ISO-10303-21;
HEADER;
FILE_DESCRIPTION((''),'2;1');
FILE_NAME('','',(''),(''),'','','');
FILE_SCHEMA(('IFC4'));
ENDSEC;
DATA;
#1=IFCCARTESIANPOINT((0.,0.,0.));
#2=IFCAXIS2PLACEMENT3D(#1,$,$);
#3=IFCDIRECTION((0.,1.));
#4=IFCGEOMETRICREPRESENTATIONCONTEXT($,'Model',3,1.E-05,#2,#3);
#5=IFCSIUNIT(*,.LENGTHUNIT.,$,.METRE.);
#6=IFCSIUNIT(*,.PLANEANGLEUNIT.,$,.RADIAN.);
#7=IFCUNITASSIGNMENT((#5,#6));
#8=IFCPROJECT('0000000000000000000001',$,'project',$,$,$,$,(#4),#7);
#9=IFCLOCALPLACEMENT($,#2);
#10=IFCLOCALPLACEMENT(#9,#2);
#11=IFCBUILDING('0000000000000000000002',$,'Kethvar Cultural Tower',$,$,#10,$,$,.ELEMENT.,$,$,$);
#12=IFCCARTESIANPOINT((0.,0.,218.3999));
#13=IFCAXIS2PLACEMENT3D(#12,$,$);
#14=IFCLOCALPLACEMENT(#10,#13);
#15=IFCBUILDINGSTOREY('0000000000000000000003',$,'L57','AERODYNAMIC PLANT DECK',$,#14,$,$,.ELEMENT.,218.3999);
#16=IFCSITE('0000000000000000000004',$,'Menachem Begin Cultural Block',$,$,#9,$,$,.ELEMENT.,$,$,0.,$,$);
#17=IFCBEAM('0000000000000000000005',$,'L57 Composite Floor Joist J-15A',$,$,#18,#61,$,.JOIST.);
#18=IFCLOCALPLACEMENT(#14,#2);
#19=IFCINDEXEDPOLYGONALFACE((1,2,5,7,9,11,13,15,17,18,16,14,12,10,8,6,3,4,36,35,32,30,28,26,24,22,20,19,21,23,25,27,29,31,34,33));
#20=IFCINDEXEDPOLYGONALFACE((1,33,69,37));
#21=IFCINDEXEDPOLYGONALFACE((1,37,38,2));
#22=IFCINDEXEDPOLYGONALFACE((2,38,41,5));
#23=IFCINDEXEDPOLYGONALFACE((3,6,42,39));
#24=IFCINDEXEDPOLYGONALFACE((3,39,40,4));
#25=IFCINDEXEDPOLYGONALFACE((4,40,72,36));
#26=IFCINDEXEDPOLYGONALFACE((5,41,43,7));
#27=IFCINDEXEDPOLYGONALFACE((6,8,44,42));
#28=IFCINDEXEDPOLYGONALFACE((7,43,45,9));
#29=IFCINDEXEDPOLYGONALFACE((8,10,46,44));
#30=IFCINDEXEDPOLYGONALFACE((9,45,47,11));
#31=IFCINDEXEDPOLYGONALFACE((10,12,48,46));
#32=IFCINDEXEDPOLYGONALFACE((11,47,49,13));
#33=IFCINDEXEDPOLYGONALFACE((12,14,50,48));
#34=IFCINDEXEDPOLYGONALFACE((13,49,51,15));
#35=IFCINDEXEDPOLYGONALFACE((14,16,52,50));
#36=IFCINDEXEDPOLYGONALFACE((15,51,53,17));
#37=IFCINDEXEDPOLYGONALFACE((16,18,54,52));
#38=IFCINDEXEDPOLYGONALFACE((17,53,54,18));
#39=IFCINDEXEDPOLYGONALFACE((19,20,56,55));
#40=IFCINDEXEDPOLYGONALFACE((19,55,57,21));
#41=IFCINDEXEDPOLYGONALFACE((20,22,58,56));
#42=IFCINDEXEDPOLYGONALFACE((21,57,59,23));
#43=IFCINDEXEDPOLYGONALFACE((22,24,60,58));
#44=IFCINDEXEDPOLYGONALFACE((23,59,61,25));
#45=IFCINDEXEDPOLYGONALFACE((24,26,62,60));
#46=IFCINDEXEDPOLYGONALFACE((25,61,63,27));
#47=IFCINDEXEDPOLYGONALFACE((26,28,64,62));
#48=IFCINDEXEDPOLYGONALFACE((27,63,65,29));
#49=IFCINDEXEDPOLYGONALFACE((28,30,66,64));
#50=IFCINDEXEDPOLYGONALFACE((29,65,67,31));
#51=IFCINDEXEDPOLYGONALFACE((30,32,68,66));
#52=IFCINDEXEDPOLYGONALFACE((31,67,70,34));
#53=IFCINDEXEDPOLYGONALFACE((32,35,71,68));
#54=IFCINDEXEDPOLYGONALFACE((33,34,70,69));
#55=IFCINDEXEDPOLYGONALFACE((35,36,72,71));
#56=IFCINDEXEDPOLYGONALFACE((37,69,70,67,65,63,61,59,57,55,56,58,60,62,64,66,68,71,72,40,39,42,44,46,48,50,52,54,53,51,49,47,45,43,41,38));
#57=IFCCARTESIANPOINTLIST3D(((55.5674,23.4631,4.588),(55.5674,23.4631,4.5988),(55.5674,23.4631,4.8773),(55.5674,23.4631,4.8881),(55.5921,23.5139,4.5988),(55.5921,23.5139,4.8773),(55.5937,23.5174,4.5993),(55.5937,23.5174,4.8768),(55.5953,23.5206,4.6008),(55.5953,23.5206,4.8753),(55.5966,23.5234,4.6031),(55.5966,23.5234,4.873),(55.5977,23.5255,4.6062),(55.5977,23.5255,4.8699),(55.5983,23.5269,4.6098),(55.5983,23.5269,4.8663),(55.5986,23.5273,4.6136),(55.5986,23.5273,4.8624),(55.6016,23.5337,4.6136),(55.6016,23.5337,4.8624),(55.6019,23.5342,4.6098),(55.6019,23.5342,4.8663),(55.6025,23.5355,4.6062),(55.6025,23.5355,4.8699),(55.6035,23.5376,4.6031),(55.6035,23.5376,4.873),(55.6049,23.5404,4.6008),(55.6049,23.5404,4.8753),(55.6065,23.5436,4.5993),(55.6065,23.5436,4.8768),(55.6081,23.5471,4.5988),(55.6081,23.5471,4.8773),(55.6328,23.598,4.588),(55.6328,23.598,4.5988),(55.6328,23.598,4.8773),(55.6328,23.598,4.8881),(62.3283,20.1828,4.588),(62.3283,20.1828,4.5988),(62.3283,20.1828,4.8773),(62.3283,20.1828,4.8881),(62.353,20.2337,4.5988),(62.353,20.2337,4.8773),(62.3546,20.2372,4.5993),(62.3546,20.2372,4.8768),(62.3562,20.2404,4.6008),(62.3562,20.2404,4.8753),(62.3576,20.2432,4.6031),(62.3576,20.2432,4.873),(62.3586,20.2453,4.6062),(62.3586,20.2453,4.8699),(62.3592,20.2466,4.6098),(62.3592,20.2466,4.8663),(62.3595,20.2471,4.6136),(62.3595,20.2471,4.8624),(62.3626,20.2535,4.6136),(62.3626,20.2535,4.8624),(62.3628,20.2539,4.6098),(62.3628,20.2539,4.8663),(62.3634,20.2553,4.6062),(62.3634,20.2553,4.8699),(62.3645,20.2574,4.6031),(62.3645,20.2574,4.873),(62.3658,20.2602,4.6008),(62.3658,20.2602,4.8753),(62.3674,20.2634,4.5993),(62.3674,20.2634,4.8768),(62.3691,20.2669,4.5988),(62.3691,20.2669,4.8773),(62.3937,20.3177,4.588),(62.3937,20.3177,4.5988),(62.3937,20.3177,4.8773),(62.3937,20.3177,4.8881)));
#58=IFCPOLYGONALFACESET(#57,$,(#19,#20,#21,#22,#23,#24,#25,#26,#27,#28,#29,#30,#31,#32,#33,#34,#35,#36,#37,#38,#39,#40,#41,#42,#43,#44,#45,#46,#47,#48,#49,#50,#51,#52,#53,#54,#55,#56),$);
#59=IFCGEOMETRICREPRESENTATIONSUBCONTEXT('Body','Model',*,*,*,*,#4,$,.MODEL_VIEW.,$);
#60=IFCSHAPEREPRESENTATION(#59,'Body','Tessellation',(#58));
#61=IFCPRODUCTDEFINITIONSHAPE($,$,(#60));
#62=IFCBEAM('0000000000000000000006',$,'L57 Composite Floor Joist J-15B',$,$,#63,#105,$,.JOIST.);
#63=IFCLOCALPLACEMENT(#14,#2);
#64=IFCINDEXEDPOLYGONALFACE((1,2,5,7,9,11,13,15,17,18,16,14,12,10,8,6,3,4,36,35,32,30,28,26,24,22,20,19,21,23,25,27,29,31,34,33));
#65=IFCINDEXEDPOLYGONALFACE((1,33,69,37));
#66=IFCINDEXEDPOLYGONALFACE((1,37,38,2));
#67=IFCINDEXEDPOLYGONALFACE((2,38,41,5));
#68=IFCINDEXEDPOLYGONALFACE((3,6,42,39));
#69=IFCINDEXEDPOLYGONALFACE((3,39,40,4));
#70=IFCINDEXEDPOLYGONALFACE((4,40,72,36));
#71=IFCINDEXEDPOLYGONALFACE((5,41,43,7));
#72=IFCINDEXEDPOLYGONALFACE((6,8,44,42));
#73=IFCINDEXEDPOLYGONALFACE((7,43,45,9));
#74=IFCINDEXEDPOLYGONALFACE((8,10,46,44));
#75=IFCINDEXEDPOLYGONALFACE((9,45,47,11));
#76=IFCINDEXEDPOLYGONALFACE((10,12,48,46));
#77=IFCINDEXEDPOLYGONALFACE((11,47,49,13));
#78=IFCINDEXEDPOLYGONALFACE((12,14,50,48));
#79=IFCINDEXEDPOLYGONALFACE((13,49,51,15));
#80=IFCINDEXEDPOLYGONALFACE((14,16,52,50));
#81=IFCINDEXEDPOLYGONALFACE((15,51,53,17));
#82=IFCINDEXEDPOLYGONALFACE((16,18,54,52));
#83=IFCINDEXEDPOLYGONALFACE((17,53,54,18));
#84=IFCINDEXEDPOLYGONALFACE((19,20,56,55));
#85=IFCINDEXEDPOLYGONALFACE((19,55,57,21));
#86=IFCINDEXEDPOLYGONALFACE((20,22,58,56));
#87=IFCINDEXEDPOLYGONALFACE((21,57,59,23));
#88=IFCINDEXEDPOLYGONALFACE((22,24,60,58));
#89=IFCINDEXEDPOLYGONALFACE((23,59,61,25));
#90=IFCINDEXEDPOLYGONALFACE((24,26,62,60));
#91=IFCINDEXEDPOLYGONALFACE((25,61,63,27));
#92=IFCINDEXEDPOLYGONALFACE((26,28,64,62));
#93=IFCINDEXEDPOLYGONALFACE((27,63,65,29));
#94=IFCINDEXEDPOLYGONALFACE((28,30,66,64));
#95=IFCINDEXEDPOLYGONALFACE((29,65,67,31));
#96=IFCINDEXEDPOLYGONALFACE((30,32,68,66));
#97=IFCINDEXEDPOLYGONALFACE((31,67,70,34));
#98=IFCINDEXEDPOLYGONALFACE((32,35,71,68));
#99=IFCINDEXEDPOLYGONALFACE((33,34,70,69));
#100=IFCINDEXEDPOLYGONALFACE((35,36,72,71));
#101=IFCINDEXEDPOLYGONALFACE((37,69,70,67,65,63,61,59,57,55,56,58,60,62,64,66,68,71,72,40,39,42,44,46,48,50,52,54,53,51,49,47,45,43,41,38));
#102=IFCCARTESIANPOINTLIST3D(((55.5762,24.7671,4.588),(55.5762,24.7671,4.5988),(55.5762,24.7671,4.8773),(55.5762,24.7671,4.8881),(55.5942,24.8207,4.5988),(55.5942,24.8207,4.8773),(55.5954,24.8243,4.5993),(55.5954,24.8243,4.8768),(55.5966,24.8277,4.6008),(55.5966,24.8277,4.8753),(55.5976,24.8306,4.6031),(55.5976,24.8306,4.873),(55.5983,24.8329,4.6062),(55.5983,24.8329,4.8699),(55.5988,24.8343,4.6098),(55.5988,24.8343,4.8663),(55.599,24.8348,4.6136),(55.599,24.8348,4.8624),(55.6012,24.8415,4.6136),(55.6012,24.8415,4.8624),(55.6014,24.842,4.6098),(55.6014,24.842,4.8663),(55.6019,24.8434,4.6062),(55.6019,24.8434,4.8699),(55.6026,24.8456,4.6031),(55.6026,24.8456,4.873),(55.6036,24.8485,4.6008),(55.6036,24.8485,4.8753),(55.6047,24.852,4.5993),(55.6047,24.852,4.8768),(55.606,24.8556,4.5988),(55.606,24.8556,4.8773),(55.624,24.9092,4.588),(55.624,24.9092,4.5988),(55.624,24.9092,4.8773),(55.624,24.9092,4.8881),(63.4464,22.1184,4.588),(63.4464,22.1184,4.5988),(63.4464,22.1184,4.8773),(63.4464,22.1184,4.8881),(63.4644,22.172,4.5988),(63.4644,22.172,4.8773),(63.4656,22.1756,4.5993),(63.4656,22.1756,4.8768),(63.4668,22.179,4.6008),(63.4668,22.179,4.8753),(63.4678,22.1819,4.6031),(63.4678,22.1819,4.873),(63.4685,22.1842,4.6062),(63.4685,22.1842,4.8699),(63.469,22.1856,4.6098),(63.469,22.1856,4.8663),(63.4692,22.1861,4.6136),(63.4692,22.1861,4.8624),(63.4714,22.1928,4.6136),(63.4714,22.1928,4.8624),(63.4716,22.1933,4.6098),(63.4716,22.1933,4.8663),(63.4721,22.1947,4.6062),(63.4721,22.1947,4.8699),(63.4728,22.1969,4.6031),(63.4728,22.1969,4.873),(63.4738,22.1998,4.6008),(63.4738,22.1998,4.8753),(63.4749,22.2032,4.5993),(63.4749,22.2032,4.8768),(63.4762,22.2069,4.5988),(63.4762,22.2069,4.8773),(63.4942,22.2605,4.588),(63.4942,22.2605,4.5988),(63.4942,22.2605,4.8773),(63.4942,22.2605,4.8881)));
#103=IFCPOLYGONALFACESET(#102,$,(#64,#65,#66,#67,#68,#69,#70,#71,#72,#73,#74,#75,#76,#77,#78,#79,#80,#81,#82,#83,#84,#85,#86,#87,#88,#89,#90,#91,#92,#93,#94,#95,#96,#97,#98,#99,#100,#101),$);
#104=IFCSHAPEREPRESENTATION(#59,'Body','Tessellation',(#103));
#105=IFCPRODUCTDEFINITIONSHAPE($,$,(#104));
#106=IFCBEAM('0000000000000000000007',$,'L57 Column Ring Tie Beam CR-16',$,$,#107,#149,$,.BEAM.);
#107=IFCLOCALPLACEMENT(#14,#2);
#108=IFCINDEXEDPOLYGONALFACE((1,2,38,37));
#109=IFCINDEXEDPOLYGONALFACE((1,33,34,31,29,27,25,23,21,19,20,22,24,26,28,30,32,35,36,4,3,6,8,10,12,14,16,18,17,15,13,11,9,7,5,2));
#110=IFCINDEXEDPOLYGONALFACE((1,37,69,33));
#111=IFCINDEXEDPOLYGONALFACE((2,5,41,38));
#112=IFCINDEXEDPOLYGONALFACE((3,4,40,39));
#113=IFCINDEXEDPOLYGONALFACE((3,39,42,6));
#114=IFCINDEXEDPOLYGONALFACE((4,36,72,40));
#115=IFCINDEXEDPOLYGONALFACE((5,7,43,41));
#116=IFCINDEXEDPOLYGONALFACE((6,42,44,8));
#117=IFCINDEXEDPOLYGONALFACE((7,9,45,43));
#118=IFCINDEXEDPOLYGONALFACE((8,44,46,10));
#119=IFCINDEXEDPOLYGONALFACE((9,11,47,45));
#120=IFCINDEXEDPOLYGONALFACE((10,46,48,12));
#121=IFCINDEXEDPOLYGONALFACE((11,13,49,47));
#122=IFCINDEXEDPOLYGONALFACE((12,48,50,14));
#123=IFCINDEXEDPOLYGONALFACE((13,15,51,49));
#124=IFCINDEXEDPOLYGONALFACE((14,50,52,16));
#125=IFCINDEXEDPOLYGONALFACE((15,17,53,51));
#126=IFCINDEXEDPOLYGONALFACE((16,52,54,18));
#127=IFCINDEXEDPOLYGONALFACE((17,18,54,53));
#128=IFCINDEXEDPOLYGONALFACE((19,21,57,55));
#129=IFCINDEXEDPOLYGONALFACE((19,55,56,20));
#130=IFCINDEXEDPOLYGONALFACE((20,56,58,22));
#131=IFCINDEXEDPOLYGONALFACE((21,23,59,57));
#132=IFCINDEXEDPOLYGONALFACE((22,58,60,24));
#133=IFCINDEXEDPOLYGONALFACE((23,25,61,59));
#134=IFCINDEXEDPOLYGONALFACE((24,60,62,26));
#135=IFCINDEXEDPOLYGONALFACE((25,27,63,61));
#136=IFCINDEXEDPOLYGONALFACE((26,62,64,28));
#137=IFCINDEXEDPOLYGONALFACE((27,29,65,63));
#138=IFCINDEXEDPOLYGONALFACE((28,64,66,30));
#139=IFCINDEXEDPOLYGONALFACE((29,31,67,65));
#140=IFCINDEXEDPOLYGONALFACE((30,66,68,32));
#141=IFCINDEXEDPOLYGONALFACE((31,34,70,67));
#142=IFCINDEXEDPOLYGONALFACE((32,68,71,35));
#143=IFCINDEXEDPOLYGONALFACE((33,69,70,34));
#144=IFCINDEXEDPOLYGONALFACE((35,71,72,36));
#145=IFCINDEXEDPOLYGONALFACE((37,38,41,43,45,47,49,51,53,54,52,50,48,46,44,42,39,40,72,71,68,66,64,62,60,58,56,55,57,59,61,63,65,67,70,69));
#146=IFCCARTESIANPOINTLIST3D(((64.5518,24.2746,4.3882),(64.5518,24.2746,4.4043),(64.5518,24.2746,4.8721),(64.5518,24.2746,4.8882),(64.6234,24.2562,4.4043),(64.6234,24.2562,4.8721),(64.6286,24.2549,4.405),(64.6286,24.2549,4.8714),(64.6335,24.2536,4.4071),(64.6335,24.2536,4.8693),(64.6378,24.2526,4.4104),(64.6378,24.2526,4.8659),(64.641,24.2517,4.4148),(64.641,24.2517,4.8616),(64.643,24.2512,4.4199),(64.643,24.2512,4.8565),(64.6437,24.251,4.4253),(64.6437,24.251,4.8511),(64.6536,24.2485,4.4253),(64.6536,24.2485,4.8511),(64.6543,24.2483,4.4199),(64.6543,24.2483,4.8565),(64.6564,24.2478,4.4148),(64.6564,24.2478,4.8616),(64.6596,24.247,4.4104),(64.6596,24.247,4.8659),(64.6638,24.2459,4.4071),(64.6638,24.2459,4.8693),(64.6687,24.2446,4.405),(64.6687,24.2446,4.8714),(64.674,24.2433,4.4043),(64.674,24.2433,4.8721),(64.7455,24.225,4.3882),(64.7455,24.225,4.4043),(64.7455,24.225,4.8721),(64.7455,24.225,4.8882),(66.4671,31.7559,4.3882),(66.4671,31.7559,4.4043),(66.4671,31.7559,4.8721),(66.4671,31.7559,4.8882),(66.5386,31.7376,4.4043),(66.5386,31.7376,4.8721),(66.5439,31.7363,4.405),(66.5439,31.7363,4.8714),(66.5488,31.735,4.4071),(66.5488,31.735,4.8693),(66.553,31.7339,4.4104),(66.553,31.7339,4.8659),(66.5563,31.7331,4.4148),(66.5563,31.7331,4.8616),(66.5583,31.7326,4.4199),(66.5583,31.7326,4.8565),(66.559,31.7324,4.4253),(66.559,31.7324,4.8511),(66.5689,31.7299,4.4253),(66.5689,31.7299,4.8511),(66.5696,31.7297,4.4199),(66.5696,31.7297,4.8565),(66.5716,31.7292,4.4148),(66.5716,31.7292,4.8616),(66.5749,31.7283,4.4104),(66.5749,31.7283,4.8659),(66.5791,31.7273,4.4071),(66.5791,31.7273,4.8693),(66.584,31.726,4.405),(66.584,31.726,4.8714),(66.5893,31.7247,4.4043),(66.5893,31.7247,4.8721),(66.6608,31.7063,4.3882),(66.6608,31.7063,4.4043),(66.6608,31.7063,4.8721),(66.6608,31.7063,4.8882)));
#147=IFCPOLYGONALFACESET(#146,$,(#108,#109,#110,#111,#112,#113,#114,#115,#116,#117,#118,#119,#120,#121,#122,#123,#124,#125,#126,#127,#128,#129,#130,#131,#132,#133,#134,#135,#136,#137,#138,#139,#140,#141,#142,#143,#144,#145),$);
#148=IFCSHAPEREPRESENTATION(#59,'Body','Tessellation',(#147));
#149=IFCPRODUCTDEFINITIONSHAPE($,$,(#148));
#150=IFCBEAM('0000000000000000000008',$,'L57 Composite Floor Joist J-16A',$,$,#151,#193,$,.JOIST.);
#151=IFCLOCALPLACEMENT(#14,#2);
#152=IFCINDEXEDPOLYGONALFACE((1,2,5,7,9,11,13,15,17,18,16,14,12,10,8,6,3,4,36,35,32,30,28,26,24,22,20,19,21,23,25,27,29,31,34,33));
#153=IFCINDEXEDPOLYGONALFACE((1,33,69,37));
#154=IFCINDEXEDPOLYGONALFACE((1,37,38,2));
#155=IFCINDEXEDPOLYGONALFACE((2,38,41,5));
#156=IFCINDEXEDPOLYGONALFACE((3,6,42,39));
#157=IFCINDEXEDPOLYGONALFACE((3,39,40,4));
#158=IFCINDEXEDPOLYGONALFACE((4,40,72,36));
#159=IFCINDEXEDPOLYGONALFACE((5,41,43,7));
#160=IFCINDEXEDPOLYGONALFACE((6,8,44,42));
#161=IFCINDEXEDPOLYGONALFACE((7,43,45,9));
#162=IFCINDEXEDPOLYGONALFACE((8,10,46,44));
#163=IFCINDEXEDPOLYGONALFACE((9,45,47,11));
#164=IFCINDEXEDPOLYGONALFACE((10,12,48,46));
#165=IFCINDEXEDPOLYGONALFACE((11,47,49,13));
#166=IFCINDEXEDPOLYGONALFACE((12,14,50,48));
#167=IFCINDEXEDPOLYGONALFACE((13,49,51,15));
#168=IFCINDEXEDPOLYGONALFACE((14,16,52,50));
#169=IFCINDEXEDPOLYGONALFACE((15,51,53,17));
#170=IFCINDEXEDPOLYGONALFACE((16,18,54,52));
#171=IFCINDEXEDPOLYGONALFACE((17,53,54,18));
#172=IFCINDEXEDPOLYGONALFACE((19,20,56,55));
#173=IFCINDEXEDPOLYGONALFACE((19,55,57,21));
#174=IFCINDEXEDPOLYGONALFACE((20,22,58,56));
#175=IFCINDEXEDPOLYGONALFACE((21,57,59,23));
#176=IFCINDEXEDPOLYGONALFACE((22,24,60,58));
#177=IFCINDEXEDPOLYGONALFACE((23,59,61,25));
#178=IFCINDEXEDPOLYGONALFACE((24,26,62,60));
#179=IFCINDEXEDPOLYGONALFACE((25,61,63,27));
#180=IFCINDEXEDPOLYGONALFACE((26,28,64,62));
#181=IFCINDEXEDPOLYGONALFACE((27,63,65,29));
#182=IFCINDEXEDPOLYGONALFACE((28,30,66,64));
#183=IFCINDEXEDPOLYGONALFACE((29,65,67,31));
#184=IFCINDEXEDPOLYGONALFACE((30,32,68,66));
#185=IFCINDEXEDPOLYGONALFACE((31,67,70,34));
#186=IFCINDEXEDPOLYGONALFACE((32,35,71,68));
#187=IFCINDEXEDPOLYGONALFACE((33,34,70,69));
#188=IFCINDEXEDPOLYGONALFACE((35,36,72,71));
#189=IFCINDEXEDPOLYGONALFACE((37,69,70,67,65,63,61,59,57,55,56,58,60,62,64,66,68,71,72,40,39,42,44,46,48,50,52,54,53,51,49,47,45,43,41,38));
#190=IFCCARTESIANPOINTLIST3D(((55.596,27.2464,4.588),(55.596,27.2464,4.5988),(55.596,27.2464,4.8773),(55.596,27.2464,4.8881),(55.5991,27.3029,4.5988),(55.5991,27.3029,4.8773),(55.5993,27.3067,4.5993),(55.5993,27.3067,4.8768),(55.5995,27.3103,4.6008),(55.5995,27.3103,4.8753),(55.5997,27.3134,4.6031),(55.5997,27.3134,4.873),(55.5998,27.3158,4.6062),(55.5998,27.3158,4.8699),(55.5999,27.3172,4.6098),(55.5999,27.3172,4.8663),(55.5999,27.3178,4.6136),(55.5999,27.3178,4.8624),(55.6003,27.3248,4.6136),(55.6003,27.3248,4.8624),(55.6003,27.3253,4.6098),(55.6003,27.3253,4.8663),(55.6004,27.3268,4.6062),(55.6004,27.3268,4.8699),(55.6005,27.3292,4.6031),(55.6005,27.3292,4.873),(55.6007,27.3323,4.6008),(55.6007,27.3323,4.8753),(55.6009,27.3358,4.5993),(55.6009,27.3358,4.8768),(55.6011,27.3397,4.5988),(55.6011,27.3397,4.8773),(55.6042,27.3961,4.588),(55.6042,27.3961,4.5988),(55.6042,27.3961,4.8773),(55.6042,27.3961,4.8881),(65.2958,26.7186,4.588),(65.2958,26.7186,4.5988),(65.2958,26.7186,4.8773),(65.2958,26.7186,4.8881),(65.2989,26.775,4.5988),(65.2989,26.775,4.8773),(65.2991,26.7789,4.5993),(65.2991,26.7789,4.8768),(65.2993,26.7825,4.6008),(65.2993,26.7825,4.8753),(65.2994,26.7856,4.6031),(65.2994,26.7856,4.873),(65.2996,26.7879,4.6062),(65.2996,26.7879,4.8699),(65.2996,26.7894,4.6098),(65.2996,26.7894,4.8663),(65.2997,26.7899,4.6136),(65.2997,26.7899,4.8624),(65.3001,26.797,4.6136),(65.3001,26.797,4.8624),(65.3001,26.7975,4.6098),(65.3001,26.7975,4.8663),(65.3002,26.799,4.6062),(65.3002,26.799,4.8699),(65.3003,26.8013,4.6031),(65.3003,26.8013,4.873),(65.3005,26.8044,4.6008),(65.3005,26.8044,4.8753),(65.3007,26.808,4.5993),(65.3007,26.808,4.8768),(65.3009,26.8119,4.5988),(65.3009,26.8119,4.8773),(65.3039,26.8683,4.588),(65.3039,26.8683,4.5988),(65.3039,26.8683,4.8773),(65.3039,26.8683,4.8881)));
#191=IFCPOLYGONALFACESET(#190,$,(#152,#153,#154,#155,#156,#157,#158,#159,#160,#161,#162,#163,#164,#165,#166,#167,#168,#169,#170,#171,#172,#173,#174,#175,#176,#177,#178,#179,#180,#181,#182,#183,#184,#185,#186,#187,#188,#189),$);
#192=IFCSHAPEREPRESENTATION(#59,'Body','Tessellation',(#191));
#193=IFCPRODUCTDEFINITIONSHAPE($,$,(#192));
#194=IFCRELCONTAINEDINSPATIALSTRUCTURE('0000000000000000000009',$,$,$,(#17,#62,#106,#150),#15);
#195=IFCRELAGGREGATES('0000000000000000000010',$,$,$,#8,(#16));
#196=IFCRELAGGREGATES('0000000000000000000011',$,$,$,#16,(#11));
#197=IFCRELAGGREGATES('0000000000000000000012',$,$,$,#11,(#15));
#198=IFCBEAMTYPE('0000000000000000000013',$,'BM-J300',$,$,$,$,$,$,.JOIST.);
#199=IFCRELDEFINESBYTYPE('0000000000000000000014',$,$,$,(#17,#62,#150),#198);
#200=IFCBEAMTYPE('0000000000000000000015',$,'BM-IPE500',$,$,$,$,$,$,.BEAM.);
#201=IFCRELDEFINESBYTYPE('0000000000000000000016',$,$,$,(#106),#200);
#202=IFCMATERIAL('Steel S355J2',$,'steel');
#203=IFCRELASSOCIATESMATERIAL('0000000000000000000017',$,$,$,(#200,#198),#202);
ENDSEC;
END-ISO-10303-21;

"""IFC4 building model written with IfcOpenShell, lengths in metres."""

from ifc_helpers import new_model, si_unit, direction, frame, origin, origin_2d, place, context, subcontext, project, spatial, i_section, extrude, source, transform, mapped, material, material_profile, profile_set, type_object, element, save


model = new_model("IFC4")

# Units and contexts
model_context = context("Model", 3, precision=1e-05, world=origin(), true_north=direction((0.0, 1.0)))
body_context = subcontext(model_context, "Body", "Model", "MODEL_VIEW")
ifc_project = project(units=[si_unit("LENGTHUNIT", "METRE"), si_unit("PLANEANGLEUNIT", "RADIAN")], contexts=[model_context])

# Site, building, storey
site_placement = place(None, origin())
site = spatial("IfcSite", under=ifc_project, at=site_placement, Name="Menachem Begin Cultural Block", CompositionType="ELEMENT", RefElevation=0.0)
building_placement = place(site_placement, origin())
building = spatial("IfcBuilding", under=site, at=building_placement, Name="Kethvar Cultural Tower", CompositionType="ELEMENT")
storey_placement = place(building_placement, frame((0.0, 0.0, 218.3999)))
storey = spatial("IfcBuildingStorey", under=building, at=storey_placement, Name="L57", Description="AERODYNAMIC PLANT DECK", CompositionType="ELEMENT", Elevation=218.3999)

# Beams
ifc_material_1 = material(Name="Steel S355J2", Category="steel")
ifc_material_profile_1 = material_profile(ifc_material_1, i_section(OverallWidth=0.2, OverallDepth=0.5, WebThickness=0.0103, FlangeThickness=0.0161, FilletRadius=0.021, at=origin_2d()), Name="Steel S355J2 — IPE500")
ifc_profile_set_1 = profile_set([ifc_material_profile_1], Name="Steel S355J2 — IPE500")
beam_type_1 = type_object("IfcBeamType", Name="BM-IPE500", PredefinedType="BEAM", material=ifc_profile_set_1)
ifc_material_profile_2 = material_profile(ifc_material_1, i_section(OverallWidth=0.1499, OverallDepth=0.3, WebThickness=0.0071, FlangeThickness=0.0107, FilletRadius=0.0149, at=origin_2d()), Name="Steel S355J2 — IPE300")
ifc_profile_set_2 = profile_set([ifc_material_profile_2], Name="Steel S355J2 — IPE300")
beam_type_2 = type_object("IfcBeamType", Name="BM-J300", PredefinedType="JOIST", material=ifc_profile_set_2)
shared_shape_1 = source(origin(), body_context, "Body", "SweptSolid", [
    extrude(i_section(OverallWidth=0.1499, OverallDepth=0.3, WebThickness=0.0071, FlangeThickness=0.0107, FilletRadius=0.0149, at=origin_2d()), origin(), (0.0, 0.0, 1.0), 7.5146),
])
beam_1_placement = place(storey_placement, frame((55.6001, 23.5305, 4.738), z_axis=(0.899698, -0.436513, 0.0), x_axis=(0.436513, 0.899698, 0.0)))
element("IfcBeam", 1, at=beam_1_placement, inside=storey, type_object=beam_type_2, Name="L57 Composite Floor Joist J-15A", PredefinedType="JOIST", context=body_context, shape_type="MappedRepresentation", body=[
    mapped(shared_shape_1, transform((0.0, 0.0, 0.0), scale=1.0)),
])
shared_shape_2 = source(origin(), body_context, "Body", "SweptSolid", [
    extrude(i_section(OverallWidth=0.1499, OverallDepth=0.3, WebThickness=0.0071, FlangeThickness=0.0107, FilletRadius=0.0149, at=origin_2d()), origin(), (0.0, 0.0, 1.0), 8.304),
])
beam_2_placement = place(storey_placement, frame((55.6001, 24.8381, 4.738), z_axis=(0.947765, -0.31897, 0.0), x_axis=(0.31897, 0.947765, 0.0)))
element("IfcBeam", 2, at=beam_2_placement, inside=storey, type_object=beam_type_2, Name="L57 Composite Floor Joist J-15B", PredefinedType="JOIST", context=body_context, shape_type="MappedRepresentation", body=[
    mapped(shared_shape_2, transform((0.0, 0.0, 0.0), scale=1.0)),
])
shared_shape_3 = source(origin(), body_context, "Body", "SweptSolid", [
    extrude(i_section(OverallWidth=0.2, OverallDepth=0.5, WebThickness=0.0103, FlangeThickness=0.0161, FilletRadius=0.021, at=origin_2d()), origin(), (0.0, 0.0, 1.0), 7.7227),
])
beam_3_placement = place(storey_placement, frame((64.6487, 24.2498, 4.6382), z_axis=(0.248006, 0.968758, 0.0), x_axis=(-0.968758, 0.248006, 0.0)))
element("IfcBeam", 3, at=beam_3_placement, inside=storey, type_object=beam_type_1, Name="L57 Column Ring Tie Beam CR-16", PredefinedType="BEAM", context=body_context, shape_type="MappedRepresentation", body=[
    mapped(shared_shape_3, transform((0.0, 0.0, 0.0), scale=1.0)),
])
shared_shape_4 = source(origin(), body_context, "Body", "SweptSolid", [
    extrude(i_section(OverallWidth=0.1499, OverallDepth=0.3, WebThickness=0.0071, FlangeThickness=0.0107, FilletRadius=0.0149, at=origin_2d()), origin(), (0.0, 0.0, 1.0), 9.7141),
])
beam_4_placement = place(storey_placement, frame((55.6001, 27.3213, 4.738), z_axis=(0.998523, -0.054337, 0.0), x_axis=(0.054337, 0.998523, 0.0)))
element("IfcBeam", 4, at=beam_4_placement, inside=storey, type_object=beam_type_2, Name="L57 Composite Floor Joist J-16A", PredefinedType="JOIST", context=body_context, shape_type="MappedRepresentation", body=[
    mapped(shared_shape_4, transform((0.0, 0.0, 0.0), scale=1.0)),
])

save(model, "model.ifc")
